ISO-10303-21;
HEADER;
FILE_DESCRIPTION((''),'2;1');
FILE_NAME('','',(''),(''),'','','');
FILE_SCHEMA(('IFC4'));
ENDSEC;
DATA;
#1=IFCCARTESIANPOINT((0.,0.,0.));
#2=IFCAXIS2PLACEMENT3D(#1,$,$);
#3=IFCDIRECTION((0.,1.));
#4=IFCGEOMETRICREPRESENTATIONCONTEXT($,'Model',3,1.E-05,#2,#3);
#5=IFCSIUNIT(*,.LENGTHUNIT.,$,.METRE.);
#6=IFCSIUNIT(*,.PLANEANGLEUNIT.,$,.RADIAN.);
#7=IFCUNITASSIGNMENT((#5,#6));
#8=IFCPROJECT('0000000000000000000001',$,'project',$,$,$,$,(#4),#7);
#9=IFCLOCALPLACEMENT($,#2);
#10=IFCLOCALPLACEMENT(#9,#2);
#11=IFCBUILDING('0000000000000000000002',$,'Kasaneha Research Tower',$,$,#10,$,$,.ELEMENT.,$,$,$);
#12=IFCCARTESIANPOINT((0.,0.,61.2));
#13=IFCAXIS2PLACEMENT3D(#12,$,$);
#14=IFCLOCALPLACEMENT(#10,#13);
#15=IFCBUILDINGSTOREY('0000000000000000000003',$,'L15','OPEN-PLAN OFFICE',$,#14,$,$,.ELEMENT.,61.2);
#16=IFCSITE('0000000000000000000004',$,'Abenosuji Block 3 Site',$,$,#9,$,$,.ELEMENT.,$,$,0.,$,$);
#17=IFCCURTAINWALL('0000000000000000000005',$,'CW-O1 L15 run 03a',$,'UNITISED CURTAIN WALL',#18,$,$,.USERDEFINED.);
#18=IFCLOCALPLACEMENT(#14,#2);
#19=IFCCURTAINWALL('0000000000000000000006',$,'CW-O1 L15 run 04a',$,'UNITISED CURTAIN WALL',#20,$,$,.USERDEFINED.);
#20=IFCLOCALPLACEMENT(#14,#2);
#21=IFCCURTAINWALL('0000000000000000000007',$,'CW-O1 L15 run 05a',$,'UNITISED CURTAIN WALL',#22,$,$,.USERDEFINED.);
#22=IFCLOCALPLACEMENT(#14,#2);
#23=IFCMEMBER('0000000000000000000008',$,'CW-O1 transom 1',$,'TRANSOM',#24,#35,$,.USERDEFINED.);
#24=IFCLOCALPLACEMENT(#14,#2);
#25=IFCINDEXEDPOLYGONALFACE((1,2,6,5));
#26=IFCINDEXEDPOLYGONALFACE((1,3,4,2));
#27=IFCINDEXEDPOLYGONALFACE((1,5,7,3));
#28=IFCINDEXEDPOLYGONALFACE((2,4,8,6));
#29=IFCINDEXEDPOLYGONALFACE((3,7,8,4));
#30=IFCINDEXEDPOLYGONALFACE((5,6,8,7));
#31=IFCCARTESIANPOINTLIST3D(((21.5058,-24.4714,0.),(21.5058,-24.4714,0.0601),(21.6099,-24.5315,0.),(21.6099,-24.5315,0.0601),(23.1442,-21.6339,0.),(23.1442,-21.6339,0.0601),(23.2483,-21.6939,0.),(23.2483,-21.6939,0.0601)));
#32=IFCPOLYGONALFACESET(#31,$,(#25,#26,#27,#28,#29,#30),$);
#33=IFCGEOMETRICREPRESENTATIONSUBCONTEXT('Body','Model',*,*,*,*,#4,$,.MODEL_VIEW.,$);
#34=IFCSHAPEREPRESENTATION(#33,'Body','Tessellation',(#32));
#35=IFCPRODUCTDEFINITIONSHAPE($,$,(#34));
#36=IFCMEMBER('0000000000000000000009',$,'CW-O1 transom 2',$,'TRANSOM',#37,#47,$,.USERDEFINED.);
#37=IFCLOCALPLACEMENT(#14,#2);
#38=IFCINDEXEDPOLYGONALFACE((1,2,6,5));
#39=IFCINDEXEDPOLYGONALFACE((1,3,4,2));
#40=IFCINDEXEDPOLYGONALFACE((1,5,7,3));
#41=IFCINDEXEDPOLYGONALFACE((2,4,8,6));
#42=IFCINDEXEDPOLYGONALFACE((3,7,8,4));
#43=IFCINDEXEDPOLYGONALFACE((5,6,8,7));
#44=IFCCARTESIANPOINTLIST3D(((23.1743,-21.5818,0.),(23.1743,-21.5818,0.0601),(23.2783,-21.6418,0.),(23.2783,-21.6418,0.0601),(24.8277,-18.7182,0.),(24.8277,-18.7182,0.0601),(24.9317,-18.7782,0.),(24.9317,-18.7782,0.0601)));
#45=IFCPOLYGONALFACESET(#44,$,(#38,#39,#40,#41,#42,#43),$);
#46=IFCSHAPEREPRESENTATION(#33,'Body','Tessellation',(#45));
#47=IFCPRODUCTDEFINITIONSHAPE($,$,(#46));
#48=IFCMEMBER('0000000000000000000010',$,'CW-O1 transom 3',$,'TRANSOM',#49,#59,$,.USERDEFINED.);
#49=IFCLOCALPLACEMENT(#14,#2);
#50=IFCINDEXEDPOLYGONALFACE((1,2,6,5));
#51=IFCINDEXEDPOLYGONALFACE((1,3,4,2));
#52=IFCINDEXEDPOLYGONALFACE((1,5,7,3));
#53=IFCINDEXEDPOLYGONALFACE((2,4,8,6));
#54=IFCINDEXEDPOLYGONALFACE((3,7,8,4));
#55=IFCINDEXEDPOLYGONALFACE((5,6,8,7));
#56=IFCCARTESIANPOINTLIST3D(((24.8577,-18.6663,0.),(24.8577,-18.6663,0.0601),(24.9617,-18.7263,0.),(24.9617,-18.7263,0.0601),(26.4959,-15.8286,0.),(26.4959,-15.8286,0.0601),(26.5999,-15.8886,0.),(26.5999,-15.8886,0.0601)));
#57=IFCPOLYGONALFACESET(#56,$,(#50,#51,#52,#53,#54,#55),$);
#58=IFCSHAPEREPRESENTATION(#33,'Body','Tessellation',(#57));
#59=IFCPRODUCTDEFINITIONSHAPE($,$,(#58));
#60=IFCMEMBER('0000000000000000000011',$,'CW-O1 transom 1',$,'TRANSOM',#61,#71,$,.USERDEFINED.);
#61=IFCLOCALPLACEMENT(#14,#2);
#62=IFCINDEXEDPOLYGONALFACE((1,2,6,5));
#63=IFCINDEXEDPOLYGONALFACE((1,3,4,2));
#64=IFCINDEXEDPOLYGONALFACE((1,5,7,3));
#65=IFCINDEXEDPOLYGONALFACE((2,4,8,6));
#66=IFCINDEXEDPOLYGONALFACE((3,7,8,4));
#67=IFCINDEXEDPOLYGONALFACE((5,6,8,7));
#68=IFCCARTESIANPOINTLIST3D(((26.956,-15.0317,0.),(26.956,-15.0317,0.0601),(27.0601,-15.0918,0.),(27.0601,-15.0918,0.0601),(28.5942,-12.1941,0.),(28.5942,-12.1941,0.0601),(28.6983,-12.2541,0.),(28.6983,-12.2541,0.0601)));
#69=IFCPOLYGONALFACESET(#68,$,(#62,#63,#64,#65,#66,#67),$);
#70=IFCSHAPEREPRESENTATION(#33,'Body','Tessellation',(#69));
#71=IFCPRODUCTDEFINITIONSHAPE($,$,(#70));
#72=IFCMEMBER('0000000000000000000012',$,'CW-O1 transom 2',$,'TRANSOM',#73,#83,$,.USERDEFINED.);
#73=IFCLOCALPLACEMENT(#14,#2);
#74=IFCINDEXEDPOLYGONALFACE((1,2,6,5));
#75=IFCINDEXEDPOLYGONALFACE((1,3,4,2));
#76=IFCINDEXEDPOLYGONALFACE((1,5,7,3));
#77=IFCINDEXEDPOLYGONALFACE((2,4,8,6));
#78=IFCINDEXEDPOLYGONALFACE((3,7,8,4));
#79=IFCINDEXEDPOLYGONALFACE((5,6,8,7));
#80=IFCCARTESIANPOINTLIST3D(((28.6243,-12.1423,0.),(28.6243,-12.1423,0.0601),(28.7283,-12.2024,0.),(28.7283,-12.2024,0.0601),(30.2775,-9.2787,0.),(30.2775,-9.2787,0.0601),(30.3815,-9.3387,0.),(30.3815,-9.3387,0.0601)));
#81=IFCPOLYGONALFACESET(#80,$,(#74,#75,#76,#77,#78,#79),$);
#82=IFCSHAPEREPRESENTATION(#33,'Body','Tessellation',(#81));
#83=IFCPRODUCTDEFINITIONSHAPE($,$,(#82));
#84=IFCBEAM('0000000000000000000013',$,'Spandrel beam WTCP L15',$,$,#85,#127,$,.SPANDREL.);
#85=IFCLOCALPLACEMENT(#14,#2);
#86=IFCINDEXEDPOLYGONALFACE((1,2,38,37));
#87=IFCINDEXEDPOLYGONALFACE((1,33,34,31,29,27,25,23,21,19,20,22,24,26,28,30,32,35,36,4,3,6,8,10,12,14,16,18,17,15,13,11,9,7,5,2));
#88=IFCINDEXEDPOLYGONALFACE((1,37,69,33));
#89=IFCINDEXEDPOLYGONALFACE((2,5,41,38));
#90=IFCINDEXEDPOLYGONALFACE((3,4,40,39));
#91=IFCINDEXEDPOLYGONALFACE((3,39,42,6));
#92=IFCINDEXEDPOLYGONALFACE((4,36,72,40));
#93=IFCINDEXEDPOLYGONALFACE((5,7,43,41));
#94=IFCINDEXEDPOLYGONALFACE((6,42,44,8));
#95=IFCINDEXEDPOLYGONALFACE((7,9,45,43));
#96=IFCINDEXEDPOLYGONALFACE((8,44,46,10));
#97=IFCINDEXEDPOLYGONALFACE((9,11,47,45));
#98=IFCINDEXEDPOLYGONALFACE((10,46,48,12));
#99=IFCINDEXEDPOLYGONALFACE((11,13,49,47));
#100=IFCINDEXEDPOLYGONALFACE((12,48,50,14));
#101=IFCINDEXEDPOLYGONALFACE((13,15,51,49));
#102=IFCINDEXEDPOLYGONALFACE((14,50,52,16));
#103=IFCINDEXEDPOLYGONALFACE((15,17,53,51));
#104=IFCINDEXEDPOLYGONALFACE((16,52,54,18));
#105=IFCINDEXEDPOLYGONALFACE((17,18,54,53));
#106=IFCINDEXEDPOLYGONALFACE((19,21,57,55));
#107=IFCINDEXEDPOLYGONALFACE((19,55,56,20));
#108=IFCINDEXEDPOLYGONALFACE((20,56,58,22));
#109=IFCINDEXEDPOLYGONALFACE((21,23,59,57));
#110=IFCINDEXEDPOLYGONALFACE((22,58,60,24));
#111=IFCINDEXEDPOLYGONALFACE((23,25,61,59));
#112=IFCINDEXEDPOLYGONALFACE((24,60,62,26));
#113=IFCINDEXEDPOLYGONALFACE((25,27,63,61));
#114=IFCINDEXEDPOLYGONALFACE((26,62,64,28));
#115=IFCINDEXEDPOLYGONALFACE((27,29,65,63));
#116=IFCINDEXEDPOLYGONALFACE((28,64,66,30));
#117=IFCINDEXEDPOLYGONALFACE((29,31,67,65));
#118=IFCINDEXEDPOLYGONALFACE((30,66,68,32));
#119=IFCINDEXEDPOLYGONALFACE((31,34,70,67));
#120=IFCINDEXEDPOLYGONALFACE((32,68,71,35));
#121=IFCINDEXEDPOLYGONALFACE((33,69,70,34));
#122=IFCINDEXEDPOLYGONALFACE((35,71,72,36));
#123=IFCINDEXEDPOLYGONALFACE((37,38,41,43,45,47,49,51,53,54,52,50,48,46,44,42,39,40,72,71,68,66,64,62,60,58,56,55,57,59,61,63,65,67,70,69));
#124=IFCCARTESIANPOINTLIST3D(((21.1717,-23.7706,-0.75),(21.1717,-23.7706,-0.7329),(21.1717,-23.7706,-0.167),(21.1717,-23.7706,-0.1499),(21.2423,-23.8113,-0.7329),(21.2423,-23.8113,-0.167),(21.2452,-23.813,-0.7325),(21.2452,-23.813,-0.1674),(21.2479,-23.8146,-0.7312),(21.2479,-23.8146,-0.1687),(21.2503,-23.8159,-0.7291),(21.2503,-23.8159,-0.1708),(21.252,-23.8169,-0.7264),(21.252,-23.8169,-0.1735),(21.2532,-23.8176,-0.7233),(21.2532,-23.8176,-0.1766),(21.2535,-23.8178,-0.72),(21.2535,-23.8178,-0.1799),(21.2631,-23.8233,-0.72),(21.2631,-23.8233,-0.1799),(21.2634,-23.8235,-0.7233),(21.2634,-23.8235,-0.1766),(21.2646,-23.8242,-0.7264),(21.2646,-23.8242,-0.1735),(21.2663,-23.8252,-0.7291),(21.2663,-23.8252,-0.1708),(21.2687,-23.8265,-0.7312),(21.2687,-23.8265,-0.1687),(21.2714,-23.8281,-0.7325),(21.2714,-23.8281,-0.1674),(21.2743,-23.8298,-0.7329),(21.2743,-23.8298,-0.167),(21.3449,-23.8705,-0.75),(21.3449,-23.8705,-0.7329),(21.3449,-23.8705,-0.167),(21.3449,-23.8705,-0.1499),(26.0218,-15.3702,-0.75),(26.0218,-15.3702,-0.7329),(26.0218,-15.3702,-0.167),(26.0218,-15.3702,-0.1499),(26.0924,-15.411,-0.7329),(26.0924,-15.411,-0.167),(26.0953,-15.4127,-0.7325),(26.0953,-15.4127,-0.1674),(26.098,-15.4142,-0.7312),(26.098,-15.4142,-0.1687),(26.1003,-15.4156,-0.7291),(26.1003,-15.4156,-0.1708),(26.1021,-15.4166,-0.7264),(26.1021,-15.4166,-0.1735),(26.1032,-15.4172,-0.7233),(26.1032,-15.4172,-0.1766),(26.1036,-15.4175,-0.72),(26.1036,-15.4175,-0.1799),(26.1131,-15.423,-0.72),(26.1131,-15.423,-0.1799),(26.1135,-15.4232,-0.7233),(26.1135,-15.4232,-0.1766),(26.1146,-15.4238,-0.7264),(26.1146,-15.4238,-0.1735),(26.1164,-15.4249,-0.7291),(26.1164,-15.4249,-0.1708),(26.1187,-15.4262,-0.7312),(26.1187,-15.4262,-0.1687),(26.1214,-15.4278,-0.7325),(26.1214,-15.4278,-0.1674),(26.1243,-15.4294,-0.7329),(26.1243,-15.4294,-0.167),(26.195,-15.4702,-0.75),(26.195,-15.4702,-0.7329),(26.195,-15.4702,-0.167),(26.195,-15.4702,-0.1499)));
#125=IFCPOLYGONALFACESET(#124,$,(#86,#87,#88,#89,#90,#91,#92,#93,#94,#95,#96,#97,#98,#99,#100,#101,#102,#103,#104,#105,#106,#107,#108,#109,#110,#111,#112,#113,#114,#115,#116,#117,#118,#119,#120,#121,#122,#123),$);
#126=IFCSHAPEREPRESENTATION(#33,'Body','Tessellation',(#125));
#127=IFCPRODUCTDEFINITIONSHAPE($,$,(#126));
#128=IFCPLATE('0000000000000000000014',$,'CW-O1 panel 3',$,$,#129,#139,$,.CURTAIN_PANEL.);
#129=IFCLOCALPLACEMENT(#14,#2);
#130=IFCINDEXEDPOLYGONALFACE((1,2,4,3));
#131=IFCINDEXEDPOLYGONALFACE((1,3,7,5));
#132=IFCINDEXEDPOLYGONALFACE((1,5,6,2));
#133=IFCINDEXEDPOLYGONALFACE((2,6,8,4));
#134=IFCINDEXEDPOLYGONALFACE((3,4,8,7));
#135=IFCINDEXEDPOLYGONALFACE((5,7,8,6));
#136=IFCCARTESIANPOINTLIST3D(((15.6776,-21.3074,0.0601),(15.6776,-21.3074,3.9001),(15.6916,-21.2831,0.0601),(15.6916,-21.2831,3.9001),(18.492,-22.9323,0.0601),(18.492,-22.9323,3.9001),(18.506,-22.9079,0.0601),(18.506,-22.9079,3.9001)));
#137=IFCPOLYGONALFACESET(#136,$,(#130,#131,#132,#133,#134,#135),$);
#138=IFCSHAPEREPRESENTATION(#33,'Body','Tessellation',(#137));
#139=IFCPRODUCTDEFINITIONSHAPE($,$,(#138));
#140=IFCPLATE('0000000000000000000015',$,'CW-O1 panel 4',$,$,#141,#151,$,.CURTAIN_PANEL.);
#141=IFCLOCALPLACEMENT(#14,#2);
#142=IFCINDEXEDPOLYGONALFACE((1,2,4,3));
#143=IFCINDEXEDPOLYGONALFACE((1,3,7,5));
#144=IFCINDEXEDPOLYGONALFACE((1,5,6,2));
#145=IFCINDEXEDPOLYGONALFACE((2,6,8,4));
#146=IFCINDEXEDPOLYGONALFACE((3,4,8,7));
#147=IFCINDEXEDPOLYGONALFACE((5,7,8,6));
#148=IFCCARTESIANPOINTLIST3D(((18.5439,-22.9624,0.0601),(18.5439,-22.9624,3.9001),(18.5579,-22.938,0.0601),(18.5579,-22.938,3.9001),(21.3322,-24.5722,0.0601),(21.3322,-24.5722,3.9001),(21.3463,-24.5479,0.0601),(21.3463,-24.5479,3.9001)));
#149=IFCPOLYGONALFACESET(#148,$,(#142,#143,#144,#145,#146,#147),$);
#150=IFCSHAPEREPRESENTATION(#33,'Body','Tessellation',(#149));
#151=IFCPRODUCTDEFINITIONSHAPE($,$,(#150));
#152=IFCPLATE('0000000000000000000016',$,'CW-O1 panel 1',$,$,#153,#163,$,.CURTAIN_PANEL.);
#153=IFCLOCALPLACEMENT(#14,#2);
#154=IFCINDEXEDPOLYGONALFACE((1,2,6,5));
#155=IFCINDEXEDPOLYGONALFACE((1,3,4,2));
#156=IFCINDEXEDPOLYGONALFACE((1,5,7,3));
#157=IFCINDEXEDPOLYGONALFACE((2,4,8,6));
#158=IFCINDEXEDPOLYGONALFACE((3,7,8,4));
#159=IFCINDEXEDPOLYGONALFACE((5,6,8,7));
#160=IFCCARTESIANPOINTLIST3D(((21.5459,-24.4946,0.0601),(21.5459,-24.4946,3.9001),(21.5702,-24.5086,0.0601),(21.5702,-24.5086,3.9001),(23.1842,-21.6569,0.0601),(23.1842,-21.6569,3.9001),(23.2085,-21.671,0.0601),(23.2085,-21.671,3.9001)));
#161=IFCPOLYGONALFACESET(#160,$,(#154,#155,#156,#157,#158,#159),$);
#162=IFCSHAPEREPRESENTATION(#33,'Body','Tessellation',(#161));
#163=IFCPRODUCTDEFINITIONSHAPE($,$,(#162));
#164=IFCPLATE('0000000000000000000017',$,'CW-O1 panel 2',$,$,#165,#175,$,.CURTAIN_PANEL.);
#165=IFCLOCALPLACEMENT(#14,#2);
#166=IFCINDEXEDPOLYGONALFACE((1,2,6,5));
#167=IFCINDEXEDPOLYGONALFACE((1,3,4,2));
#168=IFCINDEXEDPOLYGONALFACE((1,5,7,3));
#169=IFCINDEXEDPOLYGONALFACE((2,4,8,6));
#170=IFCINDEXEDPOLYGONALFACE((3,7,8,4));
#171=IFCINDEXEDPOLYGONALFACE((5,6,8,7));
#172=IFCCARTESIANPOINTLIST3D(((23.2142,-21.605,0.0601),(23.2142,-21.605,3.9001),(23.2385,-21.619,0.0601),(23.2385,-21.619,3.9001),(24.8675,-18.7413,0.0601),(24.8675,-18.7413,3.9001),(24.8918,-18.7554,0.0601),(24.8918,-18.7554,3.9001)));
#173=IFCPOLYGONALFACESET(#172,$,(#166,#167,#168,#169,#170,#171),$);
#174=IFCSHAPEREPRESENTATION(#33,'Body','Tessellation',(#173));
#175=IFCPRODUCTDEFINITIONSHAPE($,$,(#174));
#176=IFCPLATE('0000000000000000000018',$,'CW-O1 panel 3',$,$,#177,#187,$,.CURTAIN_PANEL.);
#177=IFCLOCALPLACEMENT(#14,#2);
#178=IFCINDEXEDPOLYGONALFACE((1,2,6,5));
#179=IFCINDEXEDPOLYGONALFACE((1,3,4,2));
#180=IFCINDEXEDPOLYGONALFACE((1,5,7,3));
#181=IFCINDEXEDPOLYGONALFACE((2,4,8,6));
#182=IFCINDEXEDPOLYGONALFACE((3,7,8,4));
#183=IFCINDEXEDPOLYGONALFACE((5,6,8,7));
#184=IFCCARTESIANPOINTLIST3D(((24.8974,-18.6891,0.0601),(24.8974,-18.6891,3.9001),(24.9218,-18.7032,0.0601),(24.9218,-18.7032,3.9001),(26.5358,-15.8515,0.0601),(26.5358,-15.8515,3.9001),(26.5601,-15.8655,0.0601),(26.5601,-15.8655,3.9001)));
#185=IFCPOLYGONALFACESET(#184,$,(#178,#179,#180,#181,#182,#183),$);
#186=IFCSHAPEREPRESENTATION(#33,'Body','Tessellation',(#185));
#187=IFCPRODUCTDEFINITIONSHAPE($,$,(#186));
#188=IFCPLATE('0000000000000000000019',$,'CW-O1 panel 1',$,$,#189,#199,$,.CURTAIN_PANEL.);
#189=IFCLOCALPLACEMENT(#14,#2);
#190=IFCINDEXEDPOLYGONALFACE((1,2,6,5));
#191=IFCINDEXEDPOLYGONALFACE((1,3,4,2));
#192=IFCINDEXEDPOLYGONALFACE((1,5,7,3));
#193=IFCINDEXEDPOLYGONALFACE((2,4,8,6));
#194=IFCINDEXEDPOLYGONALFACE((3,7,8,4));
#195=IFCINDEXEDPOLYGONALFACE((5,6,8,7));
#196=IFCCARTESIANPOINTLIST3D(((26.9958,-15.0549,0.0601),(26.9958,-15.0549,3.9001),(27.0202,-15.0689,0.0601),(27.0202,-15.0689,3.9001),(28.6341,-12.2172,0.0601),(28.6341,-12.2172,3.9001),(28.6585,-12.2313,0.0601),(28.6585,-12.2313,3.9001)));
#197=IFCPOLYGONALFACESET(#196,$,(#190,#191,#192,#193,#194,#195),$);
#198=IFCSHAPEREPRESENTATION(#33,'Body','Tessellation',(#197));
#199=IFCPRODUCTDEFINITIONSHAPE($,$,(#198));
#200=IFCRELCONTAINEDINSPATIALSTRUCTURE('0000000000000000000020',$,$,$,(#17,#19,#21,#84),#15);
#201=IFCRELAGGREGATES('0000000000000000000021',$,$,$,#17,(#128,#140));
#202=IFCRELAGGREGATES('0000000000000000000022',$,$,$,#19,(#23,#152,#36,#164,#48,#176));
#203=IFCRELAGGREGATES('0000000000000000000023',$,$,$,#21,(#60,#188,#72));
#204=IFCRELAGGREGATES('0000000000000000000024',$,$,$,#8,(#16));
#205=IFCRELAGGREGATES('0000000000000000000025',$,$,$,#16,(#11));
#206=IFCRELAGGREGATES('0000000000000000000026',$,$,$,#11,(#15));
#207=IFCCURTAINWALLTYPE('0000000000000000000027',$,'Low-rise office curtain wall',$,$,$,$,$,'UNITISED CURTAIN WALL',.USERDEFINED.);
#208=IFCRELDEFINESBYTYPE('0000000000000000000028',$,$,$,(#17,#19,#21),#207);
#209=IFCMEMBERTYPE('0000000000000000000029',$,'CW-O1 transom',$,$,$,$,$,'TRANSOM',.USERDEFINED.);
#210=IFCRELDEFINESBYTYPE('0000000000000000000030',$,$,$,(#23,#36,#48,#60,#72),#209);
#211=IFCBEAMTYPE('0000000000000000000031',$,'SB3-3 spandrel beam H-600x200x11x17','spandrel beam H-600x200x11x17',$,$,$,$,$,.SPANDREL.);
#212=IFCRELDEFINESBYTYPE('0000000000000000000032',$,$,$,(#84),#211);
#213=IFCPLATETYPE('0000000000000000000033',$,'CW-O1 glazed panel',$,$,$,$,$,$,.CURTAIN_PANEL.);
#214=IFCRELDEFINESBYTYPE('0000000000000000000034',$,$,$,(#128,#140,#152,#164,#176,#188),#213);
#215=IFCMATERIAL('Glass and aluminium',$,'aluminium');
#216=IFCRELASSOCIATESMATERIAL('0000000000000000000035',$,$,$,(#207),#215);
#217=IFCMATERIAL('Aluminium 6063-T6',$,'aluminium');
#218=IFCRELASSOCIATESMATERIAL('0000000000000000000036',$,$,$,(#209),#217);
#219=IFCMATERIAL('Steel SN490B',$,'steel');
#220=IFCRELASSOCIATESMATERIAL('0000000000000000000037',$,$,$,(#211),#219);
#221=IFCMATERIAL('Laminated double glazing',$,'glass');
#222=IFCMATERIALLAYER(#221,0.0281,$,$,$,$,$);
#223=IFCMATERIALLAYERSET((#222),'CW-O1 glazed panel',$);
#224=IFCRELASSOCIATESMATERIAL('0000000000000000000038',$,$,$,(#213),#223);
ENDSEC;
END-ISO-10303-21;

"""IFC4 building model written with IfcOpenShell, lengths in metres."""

from ifc_helpers import new_model, si_unit, direction, frame, origin, origin_2d, place, context, subcontext, project, spatial, rectangle, i_section, extrude, material, layer, layer_set, material_profile, profile_set, type_object, element, aggregate, save


model = new_model("IFC4")

# Units and contexts
model_context = context("Model", 3, precision=1e-05, world=origin(), true_north=direction((0.0, 1.0)))
body_context = subcontext(model_context, "Body", "Model", "MODEL_VIEW")
ifc_project = project(units=[si_unit("LENGTHUNIT", "METRE"), si_unit("PLANEANGLEUNIT", "RADIAN")], contexts=[model_context])

# Site, building, storey
site_placement = place(None, origin())
site = spatial("IfcSite", under=ifc_project, at=site_placement, Name="Abenosuji Block 3 Site", CompositionType="ELEMENT", RefElevation=0.0)
building_placement = place(site_placement, origin())
building = spatial("IfcBuilding", under=site, at=building_placement, Name="Kasaneha Research Tower", CompositionType="ELEMENT")
storey_placement = place(building_placement, frame((0.0, 0.0, 61.2)))
storey = spatial("IfcBuildingStorey", under=building, at=storey_placement, Name="L15", Description="OPEN-PLAN OFFICE", CompositionType="ELEMENT", Elevation=61.2)

# Curtain walls
ifc_material_1 = material(Name="Glass and aluminium", Category="aluminium")
curtain_wall_type = type_object("IfcCurtainWallType", Name="Low-rise office curtain wall", ElementType="UNITISED CURTAIN WALL", PredefinedType="USERDEFINED", material=ifc_material_1)
curtain_wall_1_placement = place(storey_placement, origin())
curtain_wall_1 = element("IfcCurtainWall", 1, at=curtain_wall_1_placement, inside=storey, type_object=curtain_wall_type, Name="CW-O1 L15 run 03a", ObjectType="UNITISED CURTAIN WALL", PredefinedType="USERDEFINED")
curtain_wall_2_placement = place(storey_placement, origin())
curtain_wall_2 = element("IfcCurtainWall", 2, at=curtain_wall_2_placement, inside=storey, type_object=curtain_wall_type, Name="CW-O1 L15 run 04a", ObjectType="UNITISED CURTAIN WALL", PredefinedType="USERDEFINED")
curtain_wall_3_placement = place(storey_placement, origin())
curtain_wall_3 = element("IfcCurtainWall", 3, at=curtain_wall_3_placement, inside=storey, type_object=curtain_wall_type, Name="CW-O1 L15 run 05a", ObjectType="UNITISED CURTAIN WALL", PredefinedType="USERDEFINED")

# Members
ifc_material_2 = material(Name="Aluminium 6063-T6", Category="aluminium")
ifc_material_profile_1 = material_profile(ifc_material_2, rectangle(XDim=0.1201, YDim=0.0601, at=origin_2d()), Name="CW-O1 transom 120x60")
ifc_profile_set_1 = profile_set([ifc_material_profile_1], Name="Aluminium 6063-T6")
member_type_1 = type_object("IfcMemberType", Name="CW-O1 transom", ElementType="TRANSOM", PredefinedType="USERDEFINED", material=ifc_profile_set_1)
member_1_placement = place(storey_placement, frame((21.5579, -24.5015, 0.03), z_axis=(0.500026, 0.866011, 0.0), x_axis=(-0.866011, 0.500026, 0.0)))
member_1 = element("IfcMember", 4, at=member_1_placement, type_object=member_type_1, Name="CW-O1 transom 1", ObjectType="TRANSOM", PredefinedType="USERDEFINED", context=body_context, shape_type="SweptSolid", body=[
    extrude(rectangle(XDim=0.1201, YDim=0.0601, at=origin_2d()), origin(), (0.0, 0.0, 1.0), 3.2766),
])
member_2_placement = place(storey_placement, frame((23.2263, -21.6118, 0.03), z_axis=(0.500014, 0.866017, 0.0), x_axis=(-0.866017, 0.500014, 0.0)))
member_2 = element("IfcMember", 5, at=member_2_placement, type_object=member_type_1, Name="CW-O1 transom 2", ObjectType="TRANSOM", PredefinedType="USERDEFINED", context=body_context, shape_type="SweptSolid", body=[
    extrude(rectangle(XDim=0.1201, YDim=0.0601, at=origin_2d()), origin(), (0.0, 0.0, 1.0), 3.3066),
])
member_3_placement = place(storey_placement, frame((24.9097, -18.6963, 0.03), z_axis=(0.49997, 0.866043, 0.0), x_axis=(-0.866043, 0.49997, 0.0)))
member_3 = element("IfcMember", 6, at=member_3_placement, type_object=member_type_1, Name="CW-O1 transom 3", ObjectType="TRANSOM", PredefinedType="USERDEFINED", context=body_context, shape_type="SweptSolid", body=[
    extrude(rectangle(XDim=0.1201, YDim=0.0601, at=origin_2d()), origin(), (0.0, 0.0, 1.0), 3.2766),
])
member_4_placement = place(storey_placement, frame((27.0081, -15.0618, 0.03), z_axis=(0.49997, 0.866043, 0.0), x_axis=(-0.866043, 0.49997, 0.0)))
member_4 = element("IfcMember", 7, at=member_4_placement, type_object=member_type_1, Name="CW-O1 transom 1", ObjectType="TRANSOM", PredefinedType="USERDEFINED", context=body_context, shape_type="SweptSolid", body=[
    extrude(rectangle(XDim=0.1201, YDim=0.0601, at=origin_2d()), origin(), (0.0, 0.0, 1.0), 3.2766),
])
member_5_placement = place(storey_placement, frame((28.6763, -12.1724, 0.03), z_axis=(0.499982, 0.866036, 0.0), x_axis=(-0.866036, 0.499982, 0.0)))
member_5 = element("IfcMember", 8, at=member_5_placement, type_object=member_type_1, Name="CW-O1 transom 2", ObjectType="TRANSOM", PredefinedType="USERDEFINED", context=body_context, shape_type="SweptSolid", body=[
    extrude(rectangle(XDim=0.1201, YDim=0.0601, at=origin_2d()), origin(), (0.0, 0.0, 1.0), 3.3066),
])

# Beam
ifc_material_3 = material(Name="Steel SN490B", Category="steel")
ifc_material_profile_2 = material_profile(ifc_material_3, i_section(OverallWidth=0.2, OverallDepth=0.6001, WebThickness=0.011, FlangeThickness=0.0171, FilletRadius=0.0129, at=origin_2d()), Name="H-600x200x11x17")
ifc_profile_set_2 = profile_set([ifc_material_profile_2], Name="Steel SN490B")
beam_type_1 = type_object("IfcBeamType", Name="SB3-3 spandrel beam H-600x200x11x17", Description="spandrel beam H-600x200x11x17", PredefinedType="SPANDREL", material=ifc_profile_set_2)
beam_1_placement = place(storey_placement, frame((21.2583, -23.8206, -0.45), z_axis=(0.50001, 0.86602, 0.0), x_axis=(-0.86602, 0.50001, 0.0)))
element("IfcBeam", 9, at=beam_1_placement, inside=storey, type_object=beam_type_1, Name="Spandrel beam WTCP L15", PredefinedType="SPANDREL", context=body_context, shape_type="SweptSolid", body=[
    extrude(i_section(OverallWidth=0.2, OverallDepth=0.6001, WebThickness=0.011, FlangeThickness=0.0171, FilletRadius=0.0129, at=origin_2d()), origin(), (0.0, 0.0, 1.0), 9.7),
])

# Plates
ifc_material_4 = material(Name="Laminated double glazing", Category="glass")
ifc_layer_1 = layer(ifc_material_4, 0.0281)
ifc_layer_set_1 = layer_set([ifc_layer_1], Name="CW-O1 glazed panel")
plate_type = type_object("IfcPlateType", Name="CW-O1 glazed panel", PredefinedType="CURTAIN_PANEL", material=ifc_layer_set_1)
plate_1_placement = place(storey_placement, frame((17.0918, -22.1077, 0.0601), z_axis=(0.0, 0.0, 1.0), x_axis=(0.866025, -0.5, 0.0)))
plate_1 = element("IfcPlate", 10, at=plate_1_placement, type_object=plate_type, Name="CW-O1 panel 3", PredefinedType="CURTAIN_PANEL", context=body_context, shape_type="SweptSolid", body=[
    extrude(rectangle(XDim=3.2498, YDim=0.0281, at=origin_2d()), origin(), (0.0, 0.0, 1.0), 3.8401),
])
plate_2_placement = place(storey_placement, frame((19.9451, -23.7551, 0.0601), z_axis=(0.0, 0.0, 1.0), x_axis=(0.866025, -0.5, 0.0)))
plate_2 = element("IfcPlate", 11, at=plate_2_placement, type_object=plate_type, Name="CW-O1 panel 4", PredefinedType="CURTAIN_PANEL", context=body_context, shape_type="SweptSolid", body=[
    extrude(rectangle(XDim=3.2197, YDim=0.0281, at=origin_2d()), origin(), (0.0, 0.0, 1.0), 3.8401),
])
aggregate(curtain_wall_1, [plate_1, plate_2])
plate_3_placement = place(storey_placement, frame((22.3772, -23.0828, 0.0601), z_axis=(0.0, 0.0, 1.0), x_axis=(0.5, 0.866025, 0.0)))
plate_3 = element("IfcPlate", 12, at=plate_3_placement, type_object=plate_type, Name="CW-O1 panel 1", PredefinedType="CURTAIN_PANEL", context=body_context, shape_type="SweptSolid", body=[
    extrude(rectangle(XDim=3.2766, YDim=0.0281, at=origin_2d()), origin(), (0.0, 0.0, 1.0), 3.8401),
])
plate_4_placement = place(storey_placement, frame((24.053, -20.1802, 0.0601), z_axis=(0.0, 0.0, 1.0), x_axis=(0.5, 0.866025, 0.0)))
plate_4 = element("IfcPlate", 13, at=plate_4_placement, type_object=plate_type, Name="CW-O1 panel 2", PredefinedType="CURTAIN_PANEL", context=body_context, shape_type="SweptSolid", body=[
    extrude(rectangle(XDim=3.3066, YDim=0.0281, at=origin_2d()), origin(), (0.0, 0.0, 1.0), 3.8401),
])
plate_5_placement = place(storey_placement, frame((25.7288, -17.2773, 0.0601), z_axis=(0.0, 0.0, 1.0), x_axis=(0.5, 0.866025, 0.0)))
plate_5 = element("IfcPlate", 14, at=plate_5_placement, type_object=plate_type, Name="CW-O1 panel 3", PredefinedType="CURTAIN_PANEL", context=body_context, shape_type="SweptSolid", body=[
    extrude(rectangle(XDim=3.2766, YDim=0.0281, at=origin_2d()), origin(), (0.0, 0.0, 1.0), 3.8401),
])
aggregate(curtain_wall_2, [member_1, plate_3, member_2, plate_4, member_3, plate_5])
plate_6_placement = place(storey_placement, frame((27.8271, -13.6431, 0.0601), z_axis=(0.0, 0.0, 1.0), x_axis=(0.5, 0.866025, 0.0)))
plate_6 = element("IfcPlate", 15, at=plate_6_placement, type_object=plate_type, Name="CW-O1 panel 1", PredefinedType="CURTAIN_PANEL", context=body_context, shape_type="SweptSolid", body=[
    extrude(rectangle(XDim=3.2766, YDim=0.0281, at=origin_2d()), origin(), (0.0, 0.0, 1.0), 3.8401),
])
aggregate(curtain_wall_3, [member_4, plate_6, member_5])

save(model, "model.ifc")
